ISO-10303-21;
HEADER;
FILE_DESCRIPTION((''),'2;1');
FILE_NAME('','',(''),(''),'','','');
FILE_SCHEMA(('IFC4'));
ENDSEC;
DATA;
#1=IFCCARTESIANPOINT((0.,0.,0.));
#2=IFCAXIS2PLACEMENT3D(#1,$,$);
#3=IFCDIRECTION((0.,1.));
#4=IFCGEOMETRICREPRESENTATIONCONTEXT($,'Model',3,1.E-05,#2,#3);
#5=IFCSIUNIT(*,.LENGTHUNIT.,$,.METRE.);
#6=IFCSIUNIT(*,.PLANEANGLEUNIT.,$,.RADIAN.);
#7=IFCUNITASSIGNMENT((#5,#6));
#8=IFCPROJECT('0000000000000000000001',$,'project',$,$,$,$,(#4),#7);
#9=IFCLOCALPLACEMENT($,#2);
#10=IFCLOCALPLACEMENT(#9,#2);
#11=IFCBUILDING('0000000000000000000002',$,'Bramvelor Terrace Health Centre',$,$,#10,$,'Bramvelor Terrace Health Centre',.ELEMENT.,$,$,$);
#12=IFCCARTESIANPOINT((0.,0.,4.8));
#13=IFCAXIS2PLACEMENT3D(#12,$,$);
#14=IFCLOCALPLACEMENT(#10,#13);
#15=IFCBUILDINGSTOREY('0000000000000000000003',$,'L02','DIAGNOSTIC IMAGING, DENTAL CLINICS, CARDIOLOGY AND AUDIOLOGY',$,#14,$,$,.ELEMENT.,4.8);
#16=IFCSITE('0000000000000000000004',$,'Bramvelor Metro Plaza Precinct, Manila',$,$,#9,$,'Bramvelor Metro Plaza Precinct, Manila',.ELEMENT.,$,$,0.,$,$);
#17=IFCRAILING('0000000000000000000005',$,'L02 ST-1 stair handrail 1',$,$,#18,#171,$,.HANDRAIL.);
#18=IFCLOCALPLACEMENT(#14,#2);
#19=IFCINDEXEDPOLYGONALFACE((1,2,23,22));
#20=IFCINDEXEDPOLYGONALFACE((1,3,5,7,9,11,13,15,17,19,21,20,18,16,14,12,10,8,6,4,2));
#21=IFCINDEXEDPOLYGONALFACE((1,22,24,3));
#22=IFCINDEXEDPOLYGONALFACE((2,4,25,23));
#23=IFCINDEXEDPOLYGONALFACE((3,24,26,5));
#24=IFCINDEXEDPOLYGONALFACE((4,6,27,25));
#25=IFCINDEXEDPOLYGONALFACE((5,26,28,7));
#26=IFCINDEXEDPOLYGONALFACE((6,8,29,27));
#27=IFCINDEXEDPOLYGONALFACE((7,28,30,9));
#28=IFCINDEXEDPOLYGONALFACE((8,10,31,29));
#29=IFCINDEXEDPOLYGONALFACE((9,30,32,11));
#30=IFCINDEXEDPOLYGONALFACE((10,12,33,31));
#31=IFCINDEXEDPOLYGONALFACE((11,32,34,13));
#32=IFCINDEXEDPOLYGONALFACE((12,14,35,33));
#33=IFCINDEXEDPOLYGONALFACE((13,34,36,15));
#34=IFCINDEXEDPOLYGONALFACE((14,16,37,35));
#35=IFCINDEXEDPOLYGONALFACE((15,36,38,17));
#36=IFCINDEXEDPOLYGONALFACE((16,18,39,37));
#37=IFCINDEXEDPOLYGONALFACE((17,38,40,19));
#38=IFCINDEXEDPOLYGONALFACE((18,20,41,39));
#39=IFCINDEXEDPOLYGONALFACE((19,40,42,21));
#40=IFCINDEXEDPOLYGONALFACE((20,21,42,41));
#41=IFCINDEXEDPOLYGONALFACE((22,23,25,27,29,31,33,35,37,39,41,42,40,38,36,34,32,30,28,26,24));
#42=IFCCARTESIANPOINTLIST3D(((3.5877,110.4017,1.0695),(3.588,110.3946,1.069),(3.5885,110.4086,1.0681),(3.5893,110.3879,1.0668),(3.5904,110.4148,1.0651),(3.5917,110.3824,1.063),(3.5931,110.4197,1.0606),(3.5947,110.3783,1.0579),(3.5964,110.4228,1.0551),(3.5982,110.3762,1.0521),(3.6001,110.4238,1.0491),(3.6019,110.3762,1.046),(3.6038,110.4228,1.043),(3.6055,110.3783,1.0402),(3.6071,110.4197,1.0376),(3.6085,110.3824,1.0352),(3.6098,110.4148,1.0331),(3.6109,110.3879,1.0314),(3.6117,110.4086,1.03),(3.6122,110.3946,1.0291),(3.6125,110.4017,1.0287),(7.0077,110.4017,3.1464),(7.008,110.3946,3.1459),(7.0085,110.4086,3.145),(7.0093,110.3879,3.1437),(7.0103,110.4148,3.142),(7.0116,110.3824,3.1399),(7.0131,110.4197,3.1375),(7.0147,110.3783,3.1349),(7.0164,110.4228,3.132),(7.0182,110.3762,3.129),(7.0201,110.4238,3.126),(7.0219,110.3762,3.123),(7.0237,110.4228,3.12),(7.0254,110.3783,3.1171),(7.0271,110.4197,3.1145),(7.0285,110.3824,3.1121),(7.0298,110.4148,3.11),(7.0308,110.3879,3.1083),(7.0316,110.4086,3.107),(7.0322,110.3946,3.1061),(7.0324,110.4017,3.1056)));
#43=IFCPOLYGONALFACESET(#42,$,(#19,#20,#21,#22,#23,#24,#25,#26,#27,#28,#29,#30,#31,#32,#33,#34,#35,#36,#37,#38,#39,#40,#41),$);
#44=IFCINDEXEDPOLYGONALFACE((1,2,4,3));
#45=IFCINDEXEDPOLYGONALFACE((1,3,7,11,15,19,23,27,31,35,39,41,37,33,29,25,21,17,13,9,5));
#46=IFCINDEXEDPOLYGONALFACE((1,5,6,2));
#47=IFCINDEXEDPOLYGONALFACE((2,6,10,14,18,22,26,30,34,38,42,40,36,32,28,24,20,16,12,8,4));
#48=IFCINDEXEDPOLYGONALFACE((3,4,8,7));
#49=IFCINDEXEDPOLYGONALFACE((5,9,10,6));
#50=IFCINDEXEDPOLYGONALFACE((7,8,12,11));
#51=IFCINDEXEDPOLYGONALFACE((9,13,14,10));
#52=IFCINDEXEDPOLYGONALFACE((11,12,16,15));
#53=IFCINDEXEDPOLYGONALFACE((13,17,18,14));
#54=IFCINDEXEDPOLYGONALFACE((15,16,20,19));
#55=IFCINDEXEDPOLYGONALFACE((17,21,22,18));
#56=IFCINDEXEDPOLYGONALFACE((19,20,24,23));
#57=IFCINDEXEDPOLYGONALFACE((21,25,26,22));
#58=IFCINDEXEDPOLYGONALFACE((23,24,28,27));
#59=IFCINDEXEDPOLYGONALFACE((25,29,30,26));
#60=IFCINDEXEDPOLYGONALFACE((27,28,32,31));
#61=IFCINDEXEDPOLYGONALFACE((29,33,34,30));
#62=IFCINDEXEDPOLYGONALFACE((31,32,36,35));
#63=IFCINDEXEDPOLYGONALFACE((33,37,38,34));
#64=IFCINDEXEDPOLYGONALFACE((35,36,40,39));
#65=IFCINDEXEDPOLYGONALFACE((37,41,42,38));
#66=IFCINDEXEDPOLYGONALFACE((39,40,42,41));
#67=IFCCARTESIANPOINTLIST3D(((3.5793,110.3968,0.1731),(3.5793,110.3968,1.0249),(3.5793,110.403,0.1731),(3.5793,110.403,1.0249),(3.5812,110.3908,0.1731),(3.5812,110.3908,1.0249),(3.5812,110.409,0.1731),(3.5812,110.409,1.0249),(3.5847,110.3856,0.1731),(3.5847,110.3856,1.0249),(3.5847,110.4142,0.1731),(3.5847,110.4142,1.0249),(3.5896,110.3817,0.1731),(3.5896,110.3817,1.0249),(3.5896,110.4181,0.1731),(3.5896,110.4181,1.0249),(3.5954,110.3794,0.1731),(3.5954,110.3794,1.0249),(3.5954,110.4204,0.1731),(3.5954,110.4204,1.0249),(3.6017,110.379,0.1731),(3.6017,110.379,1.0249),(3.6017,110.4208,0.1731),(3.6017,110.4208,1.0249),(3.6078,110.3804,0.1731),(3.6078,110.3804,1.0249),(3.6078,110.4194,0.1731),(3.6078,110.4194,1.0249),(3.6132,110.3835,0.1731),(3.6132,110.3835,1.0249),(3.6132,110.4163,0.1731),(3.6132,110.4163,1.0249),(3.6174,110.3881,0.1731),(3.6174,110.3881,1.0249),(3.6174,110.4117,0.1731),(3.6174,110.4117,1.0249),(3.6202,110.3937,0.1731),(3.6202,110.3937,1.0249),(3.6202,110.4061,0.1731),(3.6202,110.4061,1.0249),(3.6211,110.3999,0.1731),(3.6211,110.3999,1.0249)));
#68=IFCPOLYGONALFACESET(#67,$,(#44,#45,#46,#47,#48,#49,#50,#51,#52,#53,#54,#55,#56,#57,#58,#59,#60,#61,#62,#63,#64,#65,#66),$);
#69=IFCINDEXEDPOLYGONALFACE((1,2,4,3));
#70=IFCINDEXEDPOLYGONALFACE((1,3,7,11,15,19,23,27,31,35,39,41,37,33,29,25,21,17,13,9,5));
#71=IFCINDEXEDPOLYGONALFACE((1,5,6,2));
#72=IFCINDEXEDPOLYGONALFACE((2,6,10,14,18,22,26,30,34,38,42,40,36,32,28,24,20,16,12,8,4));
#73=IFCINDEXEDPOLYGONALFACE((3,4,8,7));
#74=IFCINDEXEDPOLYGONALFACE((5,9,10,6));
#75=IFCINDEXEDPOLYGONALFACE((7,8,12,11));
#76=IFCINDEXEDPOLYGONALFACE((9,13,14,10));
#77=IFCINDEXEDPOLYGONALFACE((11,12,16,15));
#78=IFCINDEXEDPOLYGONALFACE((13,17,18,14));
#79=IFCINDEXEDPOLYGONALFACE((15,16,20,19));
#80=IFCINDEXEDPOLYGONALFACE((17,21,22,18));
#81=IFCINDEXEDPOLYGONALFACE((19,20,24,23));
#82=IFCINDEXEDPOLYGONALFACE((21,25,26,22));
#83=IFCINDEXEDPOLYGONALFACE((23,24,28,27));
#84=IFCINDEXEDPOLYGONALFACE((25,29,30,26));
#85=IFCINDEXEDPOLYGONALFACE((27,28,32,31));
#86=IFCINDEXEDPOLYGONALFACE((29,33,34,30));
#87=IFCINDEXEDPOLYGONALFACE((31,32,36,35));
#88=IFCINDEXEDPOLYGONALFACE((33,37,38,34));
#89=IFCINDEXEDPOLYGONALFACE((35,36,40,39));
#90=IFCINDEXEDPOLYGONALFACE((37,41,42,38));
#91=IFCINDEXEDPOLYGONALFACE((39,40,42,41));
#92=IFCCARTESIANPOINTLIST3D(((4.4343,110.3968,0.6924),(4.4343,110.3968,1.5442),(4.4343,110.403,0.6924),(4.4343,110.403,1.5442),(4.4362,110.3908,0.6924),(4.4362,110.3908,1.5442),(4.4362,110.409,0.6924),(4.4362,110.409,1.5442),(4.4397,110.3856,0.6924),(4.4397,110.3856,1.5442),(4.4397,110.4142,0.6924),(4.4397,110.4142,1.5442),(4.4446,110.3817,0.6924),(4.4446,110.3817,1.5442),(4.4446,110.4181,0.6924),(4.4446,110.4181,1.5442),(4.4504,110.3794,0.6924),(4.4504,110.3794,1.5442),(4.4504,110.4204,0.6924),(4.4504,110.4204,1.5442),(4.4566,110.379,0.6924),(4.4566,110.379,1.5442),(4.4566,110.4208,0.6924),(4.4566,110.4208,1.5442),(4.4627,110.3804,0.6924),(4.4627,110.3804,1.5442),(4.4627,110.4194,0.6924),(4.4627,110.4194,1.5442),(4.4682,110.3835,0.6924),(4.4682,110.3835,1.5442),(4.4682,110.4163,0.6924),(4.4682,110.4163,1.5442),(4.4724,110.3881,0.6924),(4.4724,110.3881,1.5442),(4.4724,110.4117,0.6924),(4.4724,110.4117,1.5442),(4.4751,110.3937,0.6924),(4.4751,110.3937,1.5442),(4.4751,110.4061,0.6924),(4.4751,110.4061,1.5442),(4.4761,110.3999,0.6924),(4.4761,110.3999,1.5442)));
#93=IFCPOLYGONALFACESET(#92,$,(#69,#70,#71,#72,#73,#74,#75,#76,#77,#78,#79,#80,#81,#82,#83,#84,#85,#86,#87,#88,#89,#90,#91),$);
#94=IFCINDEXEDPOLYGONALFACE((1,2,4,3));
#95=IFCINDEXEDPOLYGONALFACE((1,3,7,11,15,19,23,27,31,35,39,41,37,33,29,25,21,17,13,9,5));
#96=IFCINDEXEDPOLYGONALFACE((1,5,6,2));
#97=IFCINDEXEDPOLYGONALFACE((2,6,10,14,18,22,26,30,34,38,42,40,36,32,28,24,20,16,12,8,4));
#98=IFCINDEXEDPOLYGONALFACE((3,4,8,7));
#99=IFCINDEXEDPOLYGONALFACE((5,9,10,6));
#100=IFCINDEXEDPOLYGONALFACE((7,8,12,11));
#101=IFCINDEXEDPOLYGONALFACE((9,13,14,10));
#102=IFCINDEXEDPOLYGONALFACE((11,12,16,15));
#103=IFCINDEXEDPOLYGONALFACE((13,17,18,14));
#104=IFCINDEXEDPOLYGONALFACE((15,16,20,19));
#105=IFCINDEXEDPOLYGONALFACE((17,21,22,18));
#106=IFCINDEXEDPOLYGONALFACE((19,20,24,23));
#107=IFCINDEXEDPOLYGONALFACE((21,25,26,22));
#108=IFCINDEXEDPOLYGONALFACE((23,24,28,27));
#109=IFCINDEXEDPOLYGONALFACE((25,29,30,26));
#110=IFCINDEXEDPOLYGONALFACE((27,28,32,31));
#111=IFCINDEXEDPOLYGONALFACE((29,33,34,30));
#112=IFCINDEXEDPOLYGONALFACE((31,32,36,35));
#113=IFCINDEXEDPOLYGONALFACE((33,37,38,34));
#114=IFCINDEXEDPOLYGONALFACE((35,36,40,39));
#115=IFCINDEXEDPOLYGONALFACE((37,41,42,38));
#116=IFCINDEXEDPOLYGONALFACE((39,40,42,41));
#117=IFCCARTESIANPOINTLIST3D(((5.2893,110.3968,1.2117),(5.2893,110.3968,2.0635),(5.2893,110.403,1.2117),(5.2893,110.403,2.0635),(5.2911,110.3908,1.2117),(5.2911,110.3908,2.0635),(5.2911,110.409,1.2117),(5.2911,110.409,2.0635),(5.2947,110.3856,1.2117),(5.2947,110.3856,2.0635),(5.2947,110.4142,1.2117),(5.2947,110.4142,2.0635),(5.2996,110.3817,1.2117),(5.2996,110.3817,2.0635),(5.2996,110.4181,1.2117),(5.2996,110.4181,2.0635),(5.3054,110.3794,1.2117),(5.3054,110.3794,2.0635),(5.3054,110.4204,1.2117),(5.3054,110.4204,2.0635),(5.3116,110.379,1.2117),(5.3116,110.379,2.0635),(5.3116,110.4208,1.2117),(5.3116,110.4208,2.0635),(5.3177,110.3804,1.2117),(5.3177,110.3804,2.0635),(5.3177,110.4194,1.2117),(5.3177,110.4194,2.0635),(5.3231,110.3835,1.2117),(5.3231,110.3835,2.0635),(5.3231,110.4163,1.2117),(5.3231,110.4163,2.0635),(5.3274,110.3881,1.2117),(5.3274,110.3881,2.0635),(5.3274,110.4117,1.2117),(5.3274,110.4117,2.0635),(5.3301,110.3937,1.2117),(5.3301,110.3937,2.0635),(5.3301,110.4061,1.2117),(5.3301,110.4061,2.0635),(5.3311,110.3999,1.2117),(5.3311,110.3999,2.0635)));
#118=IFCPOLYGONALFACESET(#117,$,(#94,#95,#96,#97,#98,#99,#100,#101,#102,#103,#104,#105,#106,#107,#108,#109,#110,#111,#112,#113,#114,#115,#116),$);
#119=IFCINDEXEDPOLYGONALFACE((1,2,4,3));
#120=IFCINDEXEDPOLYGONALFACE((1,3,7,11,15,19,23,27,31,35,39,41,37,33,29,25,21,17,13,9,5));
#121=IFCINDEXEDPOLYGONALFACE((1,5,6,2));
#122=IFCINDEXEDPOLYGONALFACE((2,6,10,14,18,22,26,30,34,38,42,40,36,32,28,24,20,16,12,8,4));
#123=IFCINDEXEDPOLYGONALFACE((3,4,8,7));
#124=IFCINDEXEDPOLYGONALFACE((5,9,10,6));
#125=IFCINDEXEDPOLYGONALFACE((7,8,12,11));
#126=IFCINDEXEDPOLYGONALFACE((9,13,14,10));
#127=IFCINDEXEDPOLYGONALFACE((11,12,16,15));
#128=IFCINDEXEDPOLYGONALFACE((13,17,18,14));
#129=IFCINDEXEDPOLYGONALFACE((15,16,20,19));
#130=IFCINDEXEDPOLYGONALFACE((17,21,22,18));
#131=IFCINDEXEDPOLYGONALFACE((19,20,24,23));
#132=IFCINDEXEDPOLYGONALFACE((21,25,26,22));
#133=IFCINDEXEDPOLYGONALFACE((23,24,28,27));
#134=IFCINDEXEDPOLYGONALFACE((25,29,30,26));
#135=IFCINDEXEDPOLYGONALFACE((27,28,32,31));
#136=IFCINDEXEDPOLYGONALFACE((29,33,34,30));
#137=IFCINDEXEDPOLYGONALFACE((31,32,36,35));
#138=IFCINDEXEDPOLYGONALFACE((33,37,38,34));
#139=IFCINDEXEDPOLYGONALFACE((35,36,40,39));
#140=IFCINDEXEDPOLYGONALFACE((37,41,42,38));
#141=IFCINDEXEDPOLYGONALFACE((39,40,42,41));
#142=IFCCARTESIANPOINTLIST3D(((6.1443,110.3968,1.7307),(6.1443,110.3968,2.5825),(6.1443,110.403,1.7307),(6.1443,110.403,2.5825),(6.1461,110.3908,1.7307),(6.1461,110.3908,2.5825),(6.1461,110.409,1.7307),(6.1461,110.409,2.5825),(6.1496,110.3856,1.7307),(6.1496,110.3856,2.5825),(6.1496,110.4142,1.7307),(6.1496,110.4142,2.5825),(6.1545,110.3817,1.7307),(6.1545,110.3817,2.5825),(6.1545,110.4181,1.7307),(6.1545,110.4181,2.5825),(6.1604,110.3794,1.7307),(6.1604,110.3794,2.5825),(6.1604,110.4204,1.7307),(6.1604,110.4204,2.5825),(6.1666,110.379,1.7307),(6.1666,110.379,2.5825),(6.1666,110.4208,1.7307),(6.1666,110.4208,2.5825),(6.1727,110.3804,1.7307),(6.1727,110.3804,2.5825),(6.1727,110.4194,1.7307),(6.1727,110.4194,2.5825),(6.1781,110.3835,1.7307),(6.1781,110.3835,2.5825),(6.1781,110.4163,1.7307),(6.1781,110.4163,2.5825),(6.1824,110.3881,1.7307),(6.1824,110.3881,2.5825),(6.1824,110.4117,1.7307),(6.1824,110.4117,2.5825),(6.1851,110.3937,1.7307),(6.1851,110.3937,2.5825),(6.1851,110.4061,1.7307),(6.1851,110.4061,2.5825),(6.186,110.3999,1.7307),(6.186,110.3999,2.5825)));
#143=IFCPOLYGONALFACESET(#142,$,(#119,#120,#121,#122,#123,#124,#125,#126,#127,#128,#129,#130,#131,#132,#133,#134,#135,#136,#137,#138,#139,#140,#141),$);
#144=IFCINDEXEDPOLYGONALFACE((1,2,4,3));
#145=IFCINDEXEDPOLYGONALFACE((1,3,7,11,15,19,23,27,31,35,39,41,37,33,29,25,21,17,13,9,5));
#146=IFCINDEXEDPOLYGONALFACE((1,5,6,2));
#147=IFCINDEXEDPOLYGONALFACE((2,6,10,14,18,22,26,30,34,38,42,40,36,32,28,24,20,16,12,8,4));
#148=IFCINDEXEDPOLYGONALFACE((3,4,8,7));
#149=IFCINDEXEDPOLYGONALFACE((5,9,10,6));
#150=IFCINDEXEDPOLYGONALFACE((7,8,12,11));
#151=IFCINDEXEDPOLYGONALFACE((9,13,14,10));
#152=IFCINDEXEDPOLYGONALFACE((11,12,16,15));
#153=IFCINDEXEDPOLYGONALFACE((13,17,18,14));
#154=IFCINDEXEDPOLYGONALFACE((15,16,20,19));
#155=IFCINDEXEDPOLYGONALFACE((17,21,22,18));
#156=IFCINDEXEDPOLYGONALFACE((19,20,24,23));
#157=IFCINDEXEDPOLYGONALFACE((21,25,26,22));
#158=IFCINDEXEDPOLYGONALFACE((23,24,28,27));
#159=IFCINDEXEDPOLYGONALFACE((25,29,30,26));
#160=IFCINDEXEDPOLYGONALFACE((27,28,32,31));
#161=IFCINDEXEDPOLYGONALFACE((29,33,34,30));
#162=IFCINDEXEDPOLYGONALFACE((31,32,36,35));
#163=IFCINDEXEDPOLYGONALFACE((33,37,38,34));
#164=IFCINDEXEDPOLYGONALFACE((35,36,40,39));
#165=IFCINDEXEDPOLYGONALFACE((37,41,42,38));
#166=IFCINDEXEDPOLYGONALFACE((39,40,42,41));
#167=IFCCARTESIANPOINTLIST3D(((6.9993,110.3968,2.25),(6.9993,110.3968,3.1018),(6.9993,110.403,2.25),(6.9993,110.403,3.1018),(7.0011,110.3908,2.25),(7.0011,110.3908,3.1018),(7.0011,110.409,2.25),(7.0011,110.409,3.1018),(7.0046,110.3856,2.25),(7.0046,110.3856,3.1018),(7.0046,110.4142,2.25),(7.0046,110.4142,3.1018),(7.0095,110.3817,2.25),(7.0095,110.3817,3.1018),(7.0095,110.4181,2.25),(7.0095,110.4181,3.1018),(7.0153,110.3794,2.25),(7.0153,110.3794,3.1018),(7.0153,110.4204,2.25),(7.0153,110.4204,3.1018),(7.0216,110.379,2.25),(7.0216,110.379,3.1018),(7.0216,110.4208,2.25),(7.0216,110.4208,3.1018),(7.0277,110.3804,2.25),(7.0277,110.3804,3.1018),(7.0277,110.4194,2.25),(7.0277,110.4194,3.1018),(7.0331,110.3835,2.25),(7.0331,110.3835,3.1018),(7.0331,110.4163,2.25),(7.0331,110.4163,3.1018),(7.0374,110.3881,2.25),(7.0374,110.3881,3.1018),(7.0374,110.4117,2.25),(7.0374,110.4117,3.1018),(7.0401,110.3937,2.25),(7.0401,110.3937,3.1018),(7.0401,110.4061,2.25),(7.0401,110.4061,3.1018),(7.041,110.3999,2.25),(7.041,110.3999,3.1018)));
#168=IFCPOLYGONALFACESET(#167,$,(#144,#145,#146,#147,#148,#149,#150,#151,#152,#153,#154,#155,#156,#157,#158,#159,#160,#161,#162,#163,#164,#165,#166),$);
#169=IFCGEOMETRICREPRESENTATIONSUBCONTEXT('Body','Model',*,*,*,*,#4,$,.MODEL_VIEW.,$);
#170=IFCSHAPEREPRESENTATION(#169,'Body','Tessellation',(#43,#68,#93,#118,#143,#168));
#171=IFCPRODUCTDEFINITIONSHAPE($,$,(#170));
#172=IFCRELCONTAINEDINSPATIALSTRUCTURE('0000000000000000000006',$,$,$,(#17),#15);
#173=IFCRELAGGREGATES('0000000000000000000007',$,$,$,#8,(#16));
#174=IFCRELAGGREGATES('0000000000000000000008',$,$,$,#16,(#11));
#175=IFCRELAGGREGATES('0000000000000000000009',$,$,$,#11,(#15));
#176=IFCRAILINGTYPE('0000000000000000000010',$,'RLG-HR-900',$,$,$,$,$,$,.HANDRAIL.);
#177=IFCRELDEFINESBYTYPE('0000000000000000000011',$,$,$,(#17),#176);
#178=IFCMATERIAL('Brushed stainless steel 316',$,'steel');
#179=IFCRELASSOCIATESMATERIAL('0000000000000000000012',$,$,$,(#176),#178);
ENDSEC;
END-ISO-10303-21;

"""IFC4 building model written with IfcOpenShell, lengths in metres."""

from ifc_helpers import new_model, si_unit, direction, frame, origin, origin_2d, place, context, subcontext, project, spatial, circle, extrude, material, type_object, element, save


model = new_model("IFC4")

# Units and contexts
model_context = context("Model", 3, precision=1e-05, world=origin(), true_north=direction((0.0, 1.0)))
body_context = subcontext(model_context, "Body", "Model", "MODEL_VIEW")
ifc_project = project(units=[si_unit("LENGTHUNIT", "METRE"), si_unit("PLANEANGLEUNIT", "RADIAN")], contexts=[model_context])

# Site, building, storey
site_placement = place(None, origin())
site = spatial("IfcSite", under=ifc_project, at=site_placement, Name="Bramvelor Metro Plaza Precinct, Manila", LongName="Bramvelor Metro Plaza Precinct, Manila", CompositionType="ELEMENT", RefElevation=0.0)
building_placement = place(site_placement, origin())
building = spatial("IfcBuilding", under=site, at=building_placement, Name="Bramvelor Terrace Health Centre", LongName="Bramvelor Terrace Health Centre", CompositionType="ELEMENT")
storey_placement = place(building_placement, frame((0.0, 0.0, 4.8)))
storey = spatial("IfcBuildingStorey", under=building, at=storey_placement, Name="L02", Description="DIAGNOSTIC IMAGING, DENTAL CLINICS, CARDIOLOGY AND AUDIOLOGY", CompositionType="ELEMENT", Elevation=4.8)

# Railing
ifc_material_1 = material(Name="Brushed stainless steel 316", Category="steel")
railing_type = type_object("IfcRailingType", Name="RLG-HR-900", PredefinedType="HANDRAIL", material=ifc_material_1)
railing_placement = place(storey_placement, frame((3.6001, 110.3999, 0.1731)))
element("IfcRailing", 1, at=railing_placement, inside=storey, type_object=railing_type, Name="L02 ST-1 stair handrail 1", PredefinedType="HANDRAIL", context=body_context, shape_type="SweptSolid", body=[
    extrude(circle(Radius=0.0239, at=origin_2d()), frame((0.0, 0.0, 0.876), z_axis=(0.85473, 0.0, 0.519074), x_axis=(0.0, 1.0, 0.0)), (0.0, 0.0, 1.0), 4.0012),
    extrude(circle(Radius=0.021, at=origin_2d()), origin(), (0.0, 0.0, 1.0), 0.8518),
    extrude(circle(Radius=0.021, at=origin_2d()), frame((0.855, 0.0, 0.5193)), (0.0, 0.0, 1.0), 0.8518),
    extrude(circle(Radius=0.021, at=origin_2d()), frame((1.71, 0.0, 1.0386)), (0.0, 0.0, 1.0), 0.8518),
    extrude(circle(Radius=0.021, at=origin_2d()), frame((2.5649, 0.0, 1.5576)), (0.0, 0.0, 1.0), 0.8518),
    extrude(circle(Radius=0.021, at=origin_2d()), frame((3.4199, 0.0, 2.0769)), (0.0, 0.0, 1.0), 0.8518),
])

save(model, "model.ifc")
